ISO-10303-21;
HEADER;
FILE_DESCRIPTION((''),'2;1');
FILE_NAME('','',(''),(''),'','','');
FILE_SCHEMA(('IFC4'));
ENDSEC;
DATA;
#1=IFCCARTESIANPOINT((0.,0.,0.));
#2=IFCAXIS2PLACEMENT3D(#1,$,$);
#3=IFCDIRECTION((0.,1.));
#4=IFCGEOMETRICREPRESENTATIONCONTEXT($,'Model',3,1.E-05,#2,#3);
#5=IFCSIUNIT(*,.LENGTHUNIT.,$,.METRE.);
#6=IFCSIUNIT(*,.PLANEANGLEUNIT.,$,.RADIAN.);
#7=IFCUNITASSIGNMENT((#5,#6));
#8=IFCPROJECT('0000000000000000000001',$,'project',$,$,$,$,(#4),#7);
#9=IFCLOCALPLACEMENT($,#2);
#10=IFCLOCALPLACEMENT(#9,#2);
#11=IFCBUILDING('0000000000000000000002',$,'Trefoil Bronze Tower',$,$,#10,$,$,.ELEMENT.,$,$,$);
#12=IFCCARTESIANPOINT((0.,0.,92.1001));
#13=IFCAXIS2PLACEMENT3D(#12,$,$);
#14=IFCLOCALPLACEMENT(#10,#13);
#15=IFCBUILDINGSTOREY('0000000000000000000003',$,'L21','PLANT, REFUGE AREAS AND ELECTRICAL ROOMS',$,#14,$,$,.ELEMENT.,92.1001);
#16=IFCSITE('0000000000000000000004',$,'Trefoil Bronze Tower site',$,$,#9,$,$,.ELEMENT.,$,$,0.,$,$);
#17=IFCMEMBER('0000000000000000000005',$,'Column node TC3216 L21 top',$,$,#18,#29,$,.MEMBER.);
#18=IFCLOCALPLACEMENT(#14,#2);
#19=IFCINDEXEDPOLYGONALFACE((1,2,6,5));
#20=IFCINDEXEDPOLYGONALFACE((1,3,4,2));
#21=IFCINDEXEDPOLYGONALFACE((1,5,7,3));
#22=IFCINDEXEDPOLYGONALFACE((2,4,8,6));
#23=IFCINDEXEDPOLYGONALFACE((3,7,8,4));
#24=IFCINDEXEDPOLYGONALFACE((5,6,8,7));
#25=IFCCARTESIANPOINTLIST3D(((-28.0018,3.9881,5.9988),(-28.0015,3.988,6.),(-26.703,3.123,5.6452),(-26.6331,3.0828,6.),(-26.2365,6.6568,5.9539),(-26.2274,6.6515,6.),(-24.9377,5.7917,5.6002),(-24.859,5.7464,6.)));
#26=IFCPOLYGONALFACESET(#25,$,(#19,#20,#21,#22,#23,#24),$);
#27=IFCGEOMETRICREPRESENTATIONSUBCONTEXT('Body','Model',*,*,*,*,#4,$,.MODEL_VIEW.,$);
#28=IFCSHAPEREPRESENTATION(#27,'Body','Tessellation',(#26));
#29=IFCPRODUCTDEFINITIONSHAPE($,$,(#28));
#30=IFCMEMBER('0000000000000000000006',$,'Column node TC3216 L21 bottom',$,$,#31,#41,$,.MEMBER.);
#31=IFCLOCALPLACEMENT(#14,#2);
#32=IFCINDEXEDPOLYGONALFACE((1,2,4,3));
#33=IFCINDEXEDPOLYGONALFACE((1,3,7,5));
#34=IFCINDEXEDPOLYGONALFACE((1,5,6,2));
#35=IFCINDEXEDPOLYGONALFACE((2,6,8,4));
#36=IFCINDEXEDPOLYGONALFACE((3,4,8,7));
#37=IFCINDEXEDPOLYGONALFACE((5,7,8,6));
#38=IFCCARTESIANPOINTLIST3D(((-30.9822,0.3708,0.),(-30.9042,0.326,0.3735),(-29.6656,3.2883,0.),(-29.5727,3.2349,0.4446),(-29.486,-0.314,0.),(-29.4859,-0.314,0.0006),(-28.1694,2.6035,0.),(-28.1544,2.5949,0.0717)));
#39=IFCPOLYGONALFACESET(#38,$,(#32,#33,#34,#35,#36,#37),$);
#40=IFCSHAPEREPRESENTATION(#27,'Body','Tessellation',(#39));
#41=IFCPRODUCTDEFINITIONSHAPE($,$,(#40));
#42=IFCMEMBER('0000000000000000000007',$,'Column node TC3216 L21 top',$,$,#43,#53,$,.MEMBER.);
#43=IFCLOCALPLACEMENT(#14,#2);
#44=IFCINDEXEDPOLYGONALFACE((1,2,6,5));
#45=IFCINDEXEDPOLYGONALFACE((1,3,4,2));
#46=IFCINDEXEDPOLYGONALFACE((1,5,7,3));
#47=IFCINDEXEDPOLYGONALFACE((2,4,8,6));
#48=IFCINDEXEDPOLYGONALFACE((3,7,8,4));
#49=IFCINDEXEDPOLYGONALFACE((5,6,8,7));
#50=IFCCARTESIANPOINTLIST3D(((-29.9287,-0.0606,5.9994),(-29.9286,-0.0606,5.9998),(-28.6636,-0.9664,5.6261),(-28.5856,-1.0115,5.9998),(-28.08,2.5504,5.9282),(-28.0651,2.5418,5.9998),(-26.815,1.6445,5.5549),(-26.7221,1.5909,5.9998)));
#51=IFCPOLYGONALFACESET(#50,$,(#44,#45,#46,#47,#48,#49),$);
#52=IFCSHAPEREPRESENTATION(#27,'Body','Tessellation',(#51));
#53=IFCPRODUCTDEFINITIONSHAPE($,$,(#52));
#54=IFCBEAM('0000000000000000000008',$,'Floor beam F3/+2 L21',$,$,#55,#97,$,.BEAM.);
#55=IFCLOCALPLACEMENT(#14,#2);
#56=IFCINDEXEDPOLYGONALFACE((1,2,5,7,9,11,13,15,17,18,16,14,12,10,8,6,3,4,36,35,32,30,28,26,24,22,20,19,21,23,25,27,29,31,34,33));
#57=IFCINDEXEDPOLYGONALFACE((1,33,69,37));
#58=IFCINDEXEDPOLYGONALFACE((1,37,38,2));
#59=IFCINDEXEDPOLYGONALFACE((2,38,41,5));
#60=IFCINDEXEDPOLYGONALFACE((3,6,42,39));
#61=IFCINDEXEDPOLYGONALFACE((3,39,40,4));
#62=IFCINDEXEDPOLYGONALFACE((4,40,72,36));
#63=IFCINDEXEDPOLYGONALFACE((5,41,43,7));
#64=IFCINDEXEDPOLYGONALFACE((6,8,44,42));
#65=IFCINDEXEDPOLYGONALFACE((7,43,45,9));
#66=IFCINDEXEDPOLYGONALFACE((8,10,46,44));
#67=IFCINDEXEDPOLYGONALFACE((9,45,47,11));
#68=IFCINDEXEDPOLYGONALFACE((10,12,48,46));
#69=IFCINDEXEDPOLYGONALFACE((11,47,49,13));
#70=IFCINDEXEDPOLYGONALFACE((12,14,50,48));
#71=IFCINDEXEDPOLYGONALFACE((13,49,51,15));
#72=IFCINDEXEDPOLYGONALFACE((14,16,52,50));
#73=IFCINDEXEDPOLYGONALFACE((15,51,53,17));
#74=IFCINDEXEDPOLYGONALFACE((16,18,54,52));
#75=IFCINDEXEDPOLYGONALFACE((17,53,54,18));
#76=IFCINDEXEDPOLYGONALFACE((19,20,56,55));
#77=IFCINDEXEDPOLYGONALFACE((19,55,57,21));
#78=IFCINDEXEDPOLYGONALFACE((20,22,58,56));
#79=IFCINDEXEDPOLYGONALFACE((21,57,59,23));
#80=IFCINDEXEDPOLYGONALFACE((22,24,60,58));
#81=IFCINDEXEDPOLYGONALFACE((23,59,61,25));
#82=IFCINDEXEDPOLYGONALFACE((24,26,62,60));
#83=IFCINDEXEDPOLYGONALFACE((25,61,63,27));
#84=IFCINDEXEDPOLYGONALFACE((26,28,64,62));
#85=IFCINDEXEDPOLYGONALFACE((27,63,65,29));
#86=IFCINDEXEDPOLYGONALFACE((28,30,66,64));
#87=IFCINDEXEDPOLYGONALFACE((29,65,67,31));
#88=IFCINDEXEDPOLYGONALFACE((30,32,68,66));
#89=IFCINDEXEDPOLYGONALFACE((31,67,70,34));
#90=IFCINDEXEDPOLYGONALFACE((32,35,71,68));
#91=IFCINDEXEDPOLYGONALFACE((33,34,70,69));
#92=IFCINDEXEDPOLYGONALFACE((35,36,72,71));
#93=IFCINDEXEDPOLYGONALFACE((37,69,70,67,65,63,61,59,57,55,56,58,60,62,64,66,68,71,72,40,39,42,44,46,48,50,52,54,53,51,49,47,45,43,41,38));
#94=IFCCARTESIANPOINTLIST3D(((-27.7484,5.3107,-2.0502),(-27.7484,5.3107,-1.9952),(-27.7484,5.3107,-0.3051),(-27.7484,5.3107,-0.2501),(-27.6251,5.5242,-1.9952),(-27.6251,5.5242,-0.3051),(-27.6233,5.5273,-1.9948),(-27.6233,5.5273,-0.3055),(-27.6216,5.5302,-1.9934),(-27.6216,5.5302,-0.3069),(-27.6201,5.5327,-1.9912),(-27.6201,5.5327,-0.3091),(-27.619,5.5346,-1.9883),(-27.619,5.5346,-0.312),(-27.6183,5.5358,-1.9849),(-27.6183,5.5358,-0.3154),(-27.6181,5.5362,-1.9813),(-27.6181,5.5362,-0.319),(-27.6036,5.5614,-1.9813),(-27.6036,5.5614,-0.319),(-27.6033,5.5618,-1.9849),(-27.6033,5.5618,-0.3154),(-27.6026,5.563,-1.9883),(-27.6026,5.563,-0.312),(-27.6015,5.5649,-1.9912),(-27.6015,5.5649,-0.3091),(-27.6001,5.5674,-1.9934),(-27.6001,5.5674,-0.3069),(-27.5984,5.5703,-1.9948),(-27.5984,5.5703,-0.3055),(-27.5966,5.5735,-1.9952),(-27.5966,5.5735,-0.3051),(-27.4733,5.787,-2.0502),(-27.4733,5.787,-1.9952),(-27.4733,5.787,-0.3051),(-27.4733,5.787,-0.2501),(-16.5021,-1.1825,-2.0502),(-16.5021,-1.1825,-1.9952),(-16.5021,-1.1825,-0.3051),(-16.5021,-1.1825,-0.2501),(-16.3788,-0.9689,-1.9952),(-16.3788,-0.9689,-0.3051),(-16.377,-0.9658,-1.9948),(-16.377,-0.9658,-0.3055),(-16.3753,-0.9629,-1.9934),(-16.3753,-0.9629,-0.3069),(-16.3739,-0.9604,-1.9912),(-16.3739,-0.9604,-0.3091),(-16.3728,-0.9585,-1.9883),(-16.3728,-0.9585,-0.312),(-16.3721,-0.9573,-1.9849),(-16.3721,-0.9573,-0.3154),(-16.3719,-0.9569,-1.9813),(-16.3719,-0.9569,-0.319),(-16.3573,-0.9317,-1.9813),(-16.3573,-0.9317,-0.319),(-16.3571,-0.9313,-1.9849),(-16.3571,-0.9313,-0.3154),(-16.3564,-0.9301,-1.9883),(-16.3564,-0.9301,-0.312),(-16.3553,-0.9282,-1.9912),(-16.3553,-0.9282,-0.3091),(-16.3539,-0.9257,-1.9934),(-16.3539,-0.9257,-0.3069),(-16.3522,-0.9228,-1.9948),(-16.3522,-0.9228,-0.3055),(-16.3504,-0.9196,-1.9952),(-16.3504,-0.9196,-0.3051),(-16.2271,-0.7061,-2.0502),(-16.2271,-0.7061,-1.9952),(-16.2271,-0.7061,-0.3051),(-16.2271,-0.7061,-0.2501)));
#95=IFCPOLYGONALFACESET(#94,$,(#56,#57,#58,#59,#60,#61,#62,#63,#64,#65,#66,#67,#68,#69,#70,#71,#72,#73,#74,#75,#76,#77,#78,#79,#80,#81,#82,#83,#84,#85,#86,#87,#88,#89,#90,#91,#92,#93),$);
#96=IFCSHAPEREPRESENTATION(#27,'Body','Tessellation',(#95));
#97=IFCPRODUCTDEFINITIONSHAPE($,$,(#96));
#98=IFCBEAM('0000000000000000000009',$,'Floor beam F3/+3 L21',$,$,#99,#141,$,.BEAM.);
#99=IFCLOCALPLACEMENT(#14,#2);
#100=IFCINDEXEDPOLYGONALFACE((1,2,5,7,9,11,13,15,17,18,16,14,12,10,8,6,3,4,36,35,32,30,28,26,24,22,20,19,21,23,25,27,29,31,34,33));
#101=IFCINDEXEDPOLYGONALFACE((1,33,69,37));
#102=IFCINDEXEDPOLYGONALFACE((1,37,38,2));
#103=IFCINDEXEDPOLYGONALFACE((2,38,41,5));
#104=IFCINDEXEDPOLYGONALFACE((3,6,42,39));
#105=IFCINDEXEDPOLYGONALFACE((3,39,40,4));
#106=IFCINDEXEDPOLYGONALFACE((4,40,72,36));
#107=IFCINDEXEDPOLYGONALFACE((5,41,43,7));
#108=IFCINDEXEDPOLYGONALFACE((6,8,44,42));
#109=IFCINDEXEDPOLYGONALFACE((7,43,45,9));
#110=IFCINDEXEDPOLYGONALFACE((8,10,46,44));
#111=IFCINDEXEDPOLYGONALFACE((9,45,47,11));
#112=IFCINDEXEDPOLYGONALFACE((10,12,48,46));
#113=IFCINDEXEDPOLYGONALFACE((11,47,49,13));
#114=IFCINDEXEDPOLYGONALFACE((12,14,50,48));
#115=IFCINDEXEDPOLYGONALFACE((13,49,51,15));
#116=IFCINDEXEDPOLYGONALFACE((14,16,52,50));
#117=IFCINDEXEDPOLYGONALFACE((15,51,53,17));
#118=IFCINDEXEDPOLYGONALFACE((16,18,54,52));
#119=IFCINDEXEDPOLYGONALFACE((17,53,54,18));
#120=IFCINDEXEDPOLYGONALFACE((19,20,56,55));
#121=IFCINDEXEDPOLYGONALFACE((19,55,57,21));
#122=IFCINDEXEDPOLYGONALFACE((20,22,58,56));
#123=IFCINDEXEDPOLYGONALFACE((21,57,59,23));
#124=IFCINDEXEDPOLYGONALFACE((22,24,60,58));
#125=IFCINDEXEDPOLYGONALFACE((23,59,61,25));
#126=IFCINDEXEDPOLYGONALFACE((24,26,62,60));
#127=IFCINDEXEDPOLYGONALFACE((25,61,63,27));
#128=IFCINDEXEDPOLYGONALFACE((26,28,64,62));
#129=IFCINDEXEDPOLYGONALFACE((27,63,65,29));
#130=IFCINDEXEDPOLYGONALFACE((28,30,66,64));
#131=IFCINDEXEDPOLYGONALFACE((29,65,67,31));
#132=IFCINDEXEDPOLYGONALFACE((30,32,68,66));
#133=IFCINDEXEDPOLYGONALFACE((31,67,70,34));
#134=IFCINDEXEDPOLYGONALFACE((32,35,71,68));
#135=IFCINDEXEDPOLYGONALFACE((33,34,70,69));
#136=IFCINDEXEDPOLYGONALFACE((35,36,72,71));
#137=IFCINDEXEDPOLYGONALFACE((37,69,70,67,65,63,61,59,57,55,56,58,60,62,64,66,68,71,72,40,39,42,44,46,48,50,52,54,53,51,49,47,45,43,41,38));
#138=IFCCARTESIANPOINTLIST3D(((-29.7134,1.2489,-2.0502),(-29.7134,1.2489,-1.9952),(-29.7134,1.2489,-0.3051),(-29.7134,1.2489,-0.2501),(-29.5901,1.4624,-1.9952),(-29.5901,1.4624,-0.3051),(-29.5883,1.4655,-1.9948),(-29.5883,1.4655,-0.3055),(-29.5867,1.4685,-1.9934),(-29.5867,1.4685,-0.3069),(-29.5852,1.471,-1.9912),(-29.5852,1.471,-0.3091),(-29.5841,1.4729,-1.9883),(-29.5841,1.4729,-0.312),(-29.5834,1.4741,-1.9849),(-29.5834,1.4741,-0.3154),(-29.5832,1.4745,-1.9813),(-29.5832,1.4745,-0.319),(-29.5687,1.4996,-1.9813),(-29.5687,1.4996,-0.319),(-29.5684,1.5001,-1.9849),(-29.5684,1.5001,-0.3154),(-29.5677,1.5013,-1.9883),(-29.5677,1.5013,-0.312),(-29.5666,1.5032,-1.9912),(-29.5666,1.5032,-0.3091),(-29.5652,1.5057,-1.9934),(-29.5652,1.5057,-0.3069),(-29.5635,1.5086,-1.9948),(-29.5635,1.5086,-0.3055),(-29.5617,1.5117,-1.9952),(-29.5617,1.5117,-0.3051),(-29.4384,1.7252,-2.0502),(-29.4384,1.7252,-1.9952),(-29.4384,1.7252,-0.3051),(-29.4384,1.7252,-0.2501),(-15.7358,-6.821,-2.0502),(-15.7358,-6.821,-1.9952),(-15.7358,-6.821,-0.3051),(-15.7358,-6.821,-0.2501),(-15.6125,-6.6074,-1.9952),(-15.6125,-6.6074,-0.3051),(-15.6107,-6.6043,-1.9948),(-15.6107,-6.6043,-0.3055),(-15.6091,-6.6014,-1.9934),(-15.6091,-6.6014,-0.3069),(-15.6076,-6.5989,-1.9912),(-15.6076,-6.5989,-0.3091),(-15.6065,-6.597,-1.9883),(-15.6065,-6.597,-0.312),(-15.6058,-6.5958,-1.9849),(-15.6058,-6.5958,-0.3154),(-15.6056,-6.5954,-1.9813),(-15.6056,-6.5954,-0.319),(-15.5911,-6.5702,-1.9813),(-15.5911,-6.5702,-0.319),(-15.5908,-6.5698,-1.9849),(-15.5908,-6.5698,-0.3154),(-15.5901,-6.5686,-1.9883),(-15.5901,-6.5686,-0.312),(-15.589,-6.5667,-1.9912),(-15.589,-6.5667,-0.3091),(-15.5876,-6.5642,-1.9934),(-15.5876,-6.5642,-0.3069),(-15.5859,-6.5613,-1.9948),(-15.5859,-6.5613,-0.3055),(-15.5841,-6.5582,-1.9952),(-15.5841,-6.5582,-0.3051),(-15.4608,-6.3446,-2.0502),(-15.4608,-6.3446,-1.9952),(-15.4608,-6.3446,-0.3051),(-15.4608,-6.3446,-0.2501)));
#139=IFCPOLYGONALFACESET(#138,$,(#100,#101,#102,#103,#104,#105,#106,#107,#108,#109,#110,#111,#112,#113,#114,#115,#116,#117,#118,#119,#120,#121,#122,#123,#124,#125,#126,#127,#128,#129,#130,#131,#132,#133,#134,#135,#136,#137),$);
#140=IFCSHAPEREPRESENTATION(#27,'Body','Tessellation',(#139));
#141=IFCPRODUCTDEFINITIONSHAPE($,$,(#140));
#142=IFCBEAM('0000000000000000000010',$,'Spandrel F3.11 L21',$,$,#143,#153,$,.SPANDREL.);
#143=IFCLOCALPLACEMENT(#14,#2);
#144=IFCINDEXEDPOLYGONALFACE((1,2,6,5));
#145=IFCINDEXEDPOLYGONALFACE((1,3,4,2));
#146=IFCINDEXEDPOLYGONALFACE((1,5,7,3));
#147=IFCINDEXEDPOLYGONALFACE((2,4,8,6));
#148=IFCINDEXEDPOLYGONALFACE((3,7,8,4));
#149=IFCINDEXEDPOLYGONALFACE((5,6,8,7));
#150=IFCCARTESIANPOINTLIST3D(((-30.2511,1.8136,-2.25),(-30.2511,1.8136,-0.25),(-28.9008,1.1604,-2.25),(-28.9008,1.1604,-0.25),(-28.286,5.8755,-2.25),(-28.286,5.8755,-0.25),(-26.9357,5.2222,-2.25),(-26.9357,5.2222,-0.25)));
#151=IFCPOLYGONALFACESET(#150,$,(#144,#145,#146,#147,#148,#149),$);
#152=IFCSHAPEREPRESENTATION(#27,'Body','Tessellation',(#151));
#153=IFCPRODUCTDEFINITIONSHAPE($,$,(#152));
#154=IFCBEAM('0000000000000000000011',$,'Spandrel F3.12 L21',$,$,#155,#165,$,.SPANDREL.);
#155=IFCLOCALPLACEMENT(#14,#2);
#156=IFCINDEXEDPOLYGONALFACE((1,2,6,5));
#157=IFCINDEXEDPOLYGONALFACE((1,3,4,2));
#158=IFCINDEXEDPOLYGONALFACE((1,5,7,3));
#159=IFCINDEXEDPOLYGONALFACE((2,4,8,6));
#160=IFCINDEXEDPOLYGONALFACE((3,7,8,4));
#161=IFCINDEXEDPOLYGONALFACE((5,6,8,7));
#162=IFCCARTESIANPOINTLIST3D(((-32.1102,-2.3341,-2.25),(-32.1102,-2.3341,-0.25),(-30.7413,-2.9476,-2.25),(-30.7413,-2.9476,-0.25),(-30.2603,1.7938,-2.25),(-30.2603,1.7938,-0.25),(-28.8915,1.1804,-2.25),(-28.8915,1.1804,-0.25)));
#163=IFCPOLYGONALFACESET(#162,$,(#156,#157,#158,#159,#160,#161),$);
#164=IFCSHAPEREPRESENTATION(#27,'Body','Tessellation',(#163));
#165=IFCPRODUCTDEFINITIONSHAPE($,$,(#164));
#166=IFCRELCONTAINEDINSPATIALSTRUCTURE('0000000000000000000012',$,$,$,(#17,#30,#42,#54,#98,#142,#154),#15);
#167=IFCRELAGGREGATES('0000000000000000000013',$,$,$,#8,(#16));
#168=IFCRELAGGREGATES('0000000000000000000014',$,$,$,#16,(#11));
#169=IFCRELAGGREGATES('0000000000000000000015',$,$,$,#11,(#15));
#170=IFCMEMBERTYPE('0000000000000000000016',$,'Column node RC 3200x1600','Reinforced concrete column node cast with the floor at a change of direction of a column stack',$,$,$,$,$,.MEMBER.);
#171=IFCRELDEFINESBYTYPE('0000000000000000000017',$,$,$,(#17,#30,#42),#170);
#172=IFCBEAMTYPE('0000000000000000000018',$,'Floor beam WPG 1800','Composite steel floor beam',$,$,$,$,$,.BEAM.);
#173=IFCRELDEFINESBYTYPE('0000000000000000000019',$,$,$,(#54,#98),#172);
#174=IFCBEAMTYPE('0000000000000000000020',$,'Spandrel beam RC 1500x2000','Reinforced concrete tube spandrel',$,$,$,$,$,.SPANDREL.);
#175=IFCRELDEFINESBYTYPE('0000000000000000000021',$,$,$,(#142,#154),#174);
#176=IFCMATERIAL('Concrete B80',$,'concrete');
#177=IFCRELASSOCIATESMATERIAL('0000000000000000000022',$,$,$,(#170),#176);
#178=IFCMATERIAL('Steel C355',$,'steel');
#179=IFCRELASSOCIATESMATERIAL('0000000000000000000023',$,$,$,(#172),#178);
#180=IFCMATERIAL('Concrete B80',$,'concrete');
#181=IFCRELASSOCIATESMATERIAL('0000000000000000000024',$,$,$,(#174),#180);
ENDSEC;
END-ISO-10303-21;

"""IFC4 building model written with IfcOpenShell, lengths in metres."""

from ifc_helpers import new_model, si_unit, direction, frame, origin, origin_2d, place, context, subcontext, project, spatial, rectangle, i_section, extrude, clip, halfspace, material, material_profile, profile_set, type_object, element, save


model = new_model("IFC4")

# Units and contexts
model_context = context("Model", 3, precision=1e-05, world=origin(), true_north=direction((0.0, 1.0)))
body_context = subcontext(model_context, "Body", "Model", "MODEL_VIEW")
ifc_project = project(units=[si_unit("LENGTHUNIT", "METRE"), si_unit("PLANEANGLEUNIT", "RADIAN")], contexts=[model_context])

# Site, building, storey
site_placement = place(None, origin())
site = spatial("IfcSite", under=ifc_project, at=site_placement, Name="Trefoil Bronze Tower site", CompositionType="ELEMENT", RefElevation=0.0)
building_placement = place(site_placement, origin())
building = spatial("IfcBuilding", under=site, at=building_placement, Name="Trefoil Bronze Tower", CompositionType="ELEMENT")
storey_placement = place(building_placement, frame((0.0, 0.0, 92.1001)))
storey = spatial("IfcBuildingStorey", under=building, at=storey_placement, Name="L21", Description="PLANT, REFUGE AREAS AND ELECTRICAL ROOMS", CompositionType="ELEMENT", Elevation=92.1001)

# Members
ifc_material_1 = material(Name="Concrete B80", Category="concrete")
ifc_material_profile_1 = material_profile(ifc_material_1, rectangle(XDim=3.2, YDim=1.6001, at=origin_2d()), Name="RC 3200x1600")
ifc_profile_set_1 = profile_set([ifc_material_profile_1], Name="Concrete B80")
member_type = type_object("IfcMemberType", Name="Column node RC 3200x1600", Description="Reinforced concrete column node cast with the floor at a change of direction of a column stack", PredefinedType="MEMBER", material=ifc_profile_set_1)
member_1_placement = place(storey_placement, frame((-26.3909, 4.8445, 6.2002), z_axis=(-0.191942, 0.11053, -0.975162), x_axis=(0.551648, 0.833959, -0.014056)))
element("IfcMember", 1, at=member_1_placement, inside=storey, type_object=member_type, Name="Column node TC3216 L21 top", PredefinedType="MEMBER", context=body_context, shape_type="Clipping", body=[
    clip(extrude(rectangle(XDim=3.2, YDim=1.6001, at=origin_2d()), origin(), (0.0, 0.0, 1.0), 0.4109), halfspace(frame((0.0, 0.0, 0.2053), z_axis=(0.014056, 0.221046, 0.975162), x_axis=(0.0, 0.975258, -0.221068)), True)),
])
member_2_placement = place(storey_placement, frame((-29.6223, 1.5139, -0.2229), z_axis=(0.202966, -0.116665, 0.972211), x_axis=(-0.416081, -0.909056, -0.022223)))
element("IfcMember", 2, at=member_2_placement, inside=storey, type_object=member_type, Name="Column node TC3216 L21 bottom", PredefinedType="MEMBER", context=body_context, shape_type="Clipping", body=[
    clip(extrude(rectangle(XDim=3.2, YDim=1.6001, at=origin_2d()), origin(), (0.0, 0.0, 1.0), 0.4583), halfspace(frame((0.0, 0.0, 0.2292), z_axis=(-0.022223, -0.233049, 0.972211), x_axis=(0.0, 0.972451, 0.233107)), True)),
])
member_3_placement = place(storey_placement, frame((-28.2788, 0.7383, 6.2227), z_axis=(-0.202953, 0.117191, -0.97215), x_axis=(0.577708, 0.81594, -0.022247)))
element("IfcMember", 3, at=member_3_placement, inside=storey, type_object=member_type, Name="Column node TC3216 L21 top", PredefinedType="MEMBER", context=body_context, shape_type="Clipping", body=[
    clip(extrude(rectangle(XDim=3.2, YDim=1.6001, at=origin_2d()), origin(), (0.0, 0.0, 1.0), 0.4583), halfspace(frame((0.0, 0.0, 0.2292), z_axis=(0.022247, 0.2333, 0.97215), x_axis=(0.0, 0.972391, -0.233357)), True)),
])

# Beams
ifc_material_2 = material(Name="Steel C355", Category="steel")
ifc_material_profile_2 = material_profile(ifc_material_2, i_section(OverallWidth=0.55, OverallDepth=1.8, WebThickness=0.0291, FlangeThickness=0.0549, FilletRadius=0.0139, at=origin_2d()), Name="WPG 1800")
ifc_profile_set_2 = profile_set([ifc_material_profile_2], Name="Steel C355")
beam_type_1 = type_object("IfcBeamType", Name="Floor beam WPG 1800", Description="Composite steel floor beam", PredefinedType="BEAM", material=ifc_profile_set_2)
beam_1_placement = place(storey_placement, frame((-27.6108, 5.5488, -1.1501), z_axis=(0.866022, -0.500005, 0.0), x_axis=(0.500005, 0.866022, 0.0)))
element("IfcBeam", 4, at=beam_1_placement, inside=storey, type_object=beam_type_1, Name="Floor beam F3/+2 L21", PredefinedType="BEAM", context=body_context, shape_type="SweptSolid", body=[
    extrude(i_section(OverallWidth=0.55, OverallDepth=1.8, WebThickness=0.0291, FlangeThickness=0.0549, FilletRadius=0.0139, at=origin_2d()), origin(), (0.0, 0.0, 1.0), 12.9861),
])
beam_2_placement = place(storey_placement, frame((-29.5759, 1.4871, -1.1501), z_axis=(0.866028, -0.499995, 0.0), x_axis=(0.499995, 0.866028, 0.0)))
element("IfcBeam", 5, at=beam_2_placement, inside=storey, type_object=beam_type_1, Name="Floor beam F3/+3 L21", PredefinedType="BEAM", context=body_context, shape_type="SweptSolid", body=[
    extrude(i_section(OverallWidth=0.55, OverallDepth=1.8, WebThickness=0.0291, FlangeThickness=0.0549, FilletRadius=0.0139, at=origin_2d()), origin(), (0.0, 0.0, 1.0), 16.1399),
])
ifc_material_3 = material(Name="Concrete B80", Category="concrete")
ifc_material_profile_3 = material_profile(ifc_material_3, rectangle(XDim=1.5, YDim=2.0, at=origin_2d()), Name="RC 1500x2000")
ifc_profile_set_3 = profile_set([ifc_material_profile_3], Name="Concrete B80")
beam_type_2 = type_object("IfcBeamType", Name="Spandrel beam RC 1500x2000", Description="Reinforced concrete tube spandrel", PredefinedType="SPANDREL", material=ifc_profile_set_3)
beam_3_placement = place(storey_placement, frame((-27.6108, 5.5488, -1.25), z_axis=(-0.43551, -0.900184, 0.0), x_axis=(0.900184, -0.43551, 0.0)))
element("IfcBeam", 6, at=beam_3_placement, inside=storey, type_object=beam_type_2, Name="Spandrel F3.11 L21", PredefinedType="SPANDREL", context=body_context, shape_type="SweptSolid", body=[
    extrude(rectangle(XDim=1.5, YDim=2.0, at=origin_2d()), origin(), (0.0, 0.0, 1.0), 4.5122),
])
beam_4_placement = place(storey_placement, frame((-29.5759, 1.4871, -1.25), z_axis=(-0.408946, -0.912559, 0.0), x_axis=(0.912559, -0.408946, 0.0)))
element("IfcBeam", 7, at=beam_4_placement, inside=storey, type_object=beam_type_2, Name="Spandrel F3.12 L21", PredefinedType="SPANDREL", context=body_context, shape_type="SweptSolid", body=[
    extrude(rectangle(XDim=1.5, YDim=2.0, at=origin_2d()), origin(), (0.0, 0.0, 1.0), 4.5234),
])

save(model, "model.ifc")
